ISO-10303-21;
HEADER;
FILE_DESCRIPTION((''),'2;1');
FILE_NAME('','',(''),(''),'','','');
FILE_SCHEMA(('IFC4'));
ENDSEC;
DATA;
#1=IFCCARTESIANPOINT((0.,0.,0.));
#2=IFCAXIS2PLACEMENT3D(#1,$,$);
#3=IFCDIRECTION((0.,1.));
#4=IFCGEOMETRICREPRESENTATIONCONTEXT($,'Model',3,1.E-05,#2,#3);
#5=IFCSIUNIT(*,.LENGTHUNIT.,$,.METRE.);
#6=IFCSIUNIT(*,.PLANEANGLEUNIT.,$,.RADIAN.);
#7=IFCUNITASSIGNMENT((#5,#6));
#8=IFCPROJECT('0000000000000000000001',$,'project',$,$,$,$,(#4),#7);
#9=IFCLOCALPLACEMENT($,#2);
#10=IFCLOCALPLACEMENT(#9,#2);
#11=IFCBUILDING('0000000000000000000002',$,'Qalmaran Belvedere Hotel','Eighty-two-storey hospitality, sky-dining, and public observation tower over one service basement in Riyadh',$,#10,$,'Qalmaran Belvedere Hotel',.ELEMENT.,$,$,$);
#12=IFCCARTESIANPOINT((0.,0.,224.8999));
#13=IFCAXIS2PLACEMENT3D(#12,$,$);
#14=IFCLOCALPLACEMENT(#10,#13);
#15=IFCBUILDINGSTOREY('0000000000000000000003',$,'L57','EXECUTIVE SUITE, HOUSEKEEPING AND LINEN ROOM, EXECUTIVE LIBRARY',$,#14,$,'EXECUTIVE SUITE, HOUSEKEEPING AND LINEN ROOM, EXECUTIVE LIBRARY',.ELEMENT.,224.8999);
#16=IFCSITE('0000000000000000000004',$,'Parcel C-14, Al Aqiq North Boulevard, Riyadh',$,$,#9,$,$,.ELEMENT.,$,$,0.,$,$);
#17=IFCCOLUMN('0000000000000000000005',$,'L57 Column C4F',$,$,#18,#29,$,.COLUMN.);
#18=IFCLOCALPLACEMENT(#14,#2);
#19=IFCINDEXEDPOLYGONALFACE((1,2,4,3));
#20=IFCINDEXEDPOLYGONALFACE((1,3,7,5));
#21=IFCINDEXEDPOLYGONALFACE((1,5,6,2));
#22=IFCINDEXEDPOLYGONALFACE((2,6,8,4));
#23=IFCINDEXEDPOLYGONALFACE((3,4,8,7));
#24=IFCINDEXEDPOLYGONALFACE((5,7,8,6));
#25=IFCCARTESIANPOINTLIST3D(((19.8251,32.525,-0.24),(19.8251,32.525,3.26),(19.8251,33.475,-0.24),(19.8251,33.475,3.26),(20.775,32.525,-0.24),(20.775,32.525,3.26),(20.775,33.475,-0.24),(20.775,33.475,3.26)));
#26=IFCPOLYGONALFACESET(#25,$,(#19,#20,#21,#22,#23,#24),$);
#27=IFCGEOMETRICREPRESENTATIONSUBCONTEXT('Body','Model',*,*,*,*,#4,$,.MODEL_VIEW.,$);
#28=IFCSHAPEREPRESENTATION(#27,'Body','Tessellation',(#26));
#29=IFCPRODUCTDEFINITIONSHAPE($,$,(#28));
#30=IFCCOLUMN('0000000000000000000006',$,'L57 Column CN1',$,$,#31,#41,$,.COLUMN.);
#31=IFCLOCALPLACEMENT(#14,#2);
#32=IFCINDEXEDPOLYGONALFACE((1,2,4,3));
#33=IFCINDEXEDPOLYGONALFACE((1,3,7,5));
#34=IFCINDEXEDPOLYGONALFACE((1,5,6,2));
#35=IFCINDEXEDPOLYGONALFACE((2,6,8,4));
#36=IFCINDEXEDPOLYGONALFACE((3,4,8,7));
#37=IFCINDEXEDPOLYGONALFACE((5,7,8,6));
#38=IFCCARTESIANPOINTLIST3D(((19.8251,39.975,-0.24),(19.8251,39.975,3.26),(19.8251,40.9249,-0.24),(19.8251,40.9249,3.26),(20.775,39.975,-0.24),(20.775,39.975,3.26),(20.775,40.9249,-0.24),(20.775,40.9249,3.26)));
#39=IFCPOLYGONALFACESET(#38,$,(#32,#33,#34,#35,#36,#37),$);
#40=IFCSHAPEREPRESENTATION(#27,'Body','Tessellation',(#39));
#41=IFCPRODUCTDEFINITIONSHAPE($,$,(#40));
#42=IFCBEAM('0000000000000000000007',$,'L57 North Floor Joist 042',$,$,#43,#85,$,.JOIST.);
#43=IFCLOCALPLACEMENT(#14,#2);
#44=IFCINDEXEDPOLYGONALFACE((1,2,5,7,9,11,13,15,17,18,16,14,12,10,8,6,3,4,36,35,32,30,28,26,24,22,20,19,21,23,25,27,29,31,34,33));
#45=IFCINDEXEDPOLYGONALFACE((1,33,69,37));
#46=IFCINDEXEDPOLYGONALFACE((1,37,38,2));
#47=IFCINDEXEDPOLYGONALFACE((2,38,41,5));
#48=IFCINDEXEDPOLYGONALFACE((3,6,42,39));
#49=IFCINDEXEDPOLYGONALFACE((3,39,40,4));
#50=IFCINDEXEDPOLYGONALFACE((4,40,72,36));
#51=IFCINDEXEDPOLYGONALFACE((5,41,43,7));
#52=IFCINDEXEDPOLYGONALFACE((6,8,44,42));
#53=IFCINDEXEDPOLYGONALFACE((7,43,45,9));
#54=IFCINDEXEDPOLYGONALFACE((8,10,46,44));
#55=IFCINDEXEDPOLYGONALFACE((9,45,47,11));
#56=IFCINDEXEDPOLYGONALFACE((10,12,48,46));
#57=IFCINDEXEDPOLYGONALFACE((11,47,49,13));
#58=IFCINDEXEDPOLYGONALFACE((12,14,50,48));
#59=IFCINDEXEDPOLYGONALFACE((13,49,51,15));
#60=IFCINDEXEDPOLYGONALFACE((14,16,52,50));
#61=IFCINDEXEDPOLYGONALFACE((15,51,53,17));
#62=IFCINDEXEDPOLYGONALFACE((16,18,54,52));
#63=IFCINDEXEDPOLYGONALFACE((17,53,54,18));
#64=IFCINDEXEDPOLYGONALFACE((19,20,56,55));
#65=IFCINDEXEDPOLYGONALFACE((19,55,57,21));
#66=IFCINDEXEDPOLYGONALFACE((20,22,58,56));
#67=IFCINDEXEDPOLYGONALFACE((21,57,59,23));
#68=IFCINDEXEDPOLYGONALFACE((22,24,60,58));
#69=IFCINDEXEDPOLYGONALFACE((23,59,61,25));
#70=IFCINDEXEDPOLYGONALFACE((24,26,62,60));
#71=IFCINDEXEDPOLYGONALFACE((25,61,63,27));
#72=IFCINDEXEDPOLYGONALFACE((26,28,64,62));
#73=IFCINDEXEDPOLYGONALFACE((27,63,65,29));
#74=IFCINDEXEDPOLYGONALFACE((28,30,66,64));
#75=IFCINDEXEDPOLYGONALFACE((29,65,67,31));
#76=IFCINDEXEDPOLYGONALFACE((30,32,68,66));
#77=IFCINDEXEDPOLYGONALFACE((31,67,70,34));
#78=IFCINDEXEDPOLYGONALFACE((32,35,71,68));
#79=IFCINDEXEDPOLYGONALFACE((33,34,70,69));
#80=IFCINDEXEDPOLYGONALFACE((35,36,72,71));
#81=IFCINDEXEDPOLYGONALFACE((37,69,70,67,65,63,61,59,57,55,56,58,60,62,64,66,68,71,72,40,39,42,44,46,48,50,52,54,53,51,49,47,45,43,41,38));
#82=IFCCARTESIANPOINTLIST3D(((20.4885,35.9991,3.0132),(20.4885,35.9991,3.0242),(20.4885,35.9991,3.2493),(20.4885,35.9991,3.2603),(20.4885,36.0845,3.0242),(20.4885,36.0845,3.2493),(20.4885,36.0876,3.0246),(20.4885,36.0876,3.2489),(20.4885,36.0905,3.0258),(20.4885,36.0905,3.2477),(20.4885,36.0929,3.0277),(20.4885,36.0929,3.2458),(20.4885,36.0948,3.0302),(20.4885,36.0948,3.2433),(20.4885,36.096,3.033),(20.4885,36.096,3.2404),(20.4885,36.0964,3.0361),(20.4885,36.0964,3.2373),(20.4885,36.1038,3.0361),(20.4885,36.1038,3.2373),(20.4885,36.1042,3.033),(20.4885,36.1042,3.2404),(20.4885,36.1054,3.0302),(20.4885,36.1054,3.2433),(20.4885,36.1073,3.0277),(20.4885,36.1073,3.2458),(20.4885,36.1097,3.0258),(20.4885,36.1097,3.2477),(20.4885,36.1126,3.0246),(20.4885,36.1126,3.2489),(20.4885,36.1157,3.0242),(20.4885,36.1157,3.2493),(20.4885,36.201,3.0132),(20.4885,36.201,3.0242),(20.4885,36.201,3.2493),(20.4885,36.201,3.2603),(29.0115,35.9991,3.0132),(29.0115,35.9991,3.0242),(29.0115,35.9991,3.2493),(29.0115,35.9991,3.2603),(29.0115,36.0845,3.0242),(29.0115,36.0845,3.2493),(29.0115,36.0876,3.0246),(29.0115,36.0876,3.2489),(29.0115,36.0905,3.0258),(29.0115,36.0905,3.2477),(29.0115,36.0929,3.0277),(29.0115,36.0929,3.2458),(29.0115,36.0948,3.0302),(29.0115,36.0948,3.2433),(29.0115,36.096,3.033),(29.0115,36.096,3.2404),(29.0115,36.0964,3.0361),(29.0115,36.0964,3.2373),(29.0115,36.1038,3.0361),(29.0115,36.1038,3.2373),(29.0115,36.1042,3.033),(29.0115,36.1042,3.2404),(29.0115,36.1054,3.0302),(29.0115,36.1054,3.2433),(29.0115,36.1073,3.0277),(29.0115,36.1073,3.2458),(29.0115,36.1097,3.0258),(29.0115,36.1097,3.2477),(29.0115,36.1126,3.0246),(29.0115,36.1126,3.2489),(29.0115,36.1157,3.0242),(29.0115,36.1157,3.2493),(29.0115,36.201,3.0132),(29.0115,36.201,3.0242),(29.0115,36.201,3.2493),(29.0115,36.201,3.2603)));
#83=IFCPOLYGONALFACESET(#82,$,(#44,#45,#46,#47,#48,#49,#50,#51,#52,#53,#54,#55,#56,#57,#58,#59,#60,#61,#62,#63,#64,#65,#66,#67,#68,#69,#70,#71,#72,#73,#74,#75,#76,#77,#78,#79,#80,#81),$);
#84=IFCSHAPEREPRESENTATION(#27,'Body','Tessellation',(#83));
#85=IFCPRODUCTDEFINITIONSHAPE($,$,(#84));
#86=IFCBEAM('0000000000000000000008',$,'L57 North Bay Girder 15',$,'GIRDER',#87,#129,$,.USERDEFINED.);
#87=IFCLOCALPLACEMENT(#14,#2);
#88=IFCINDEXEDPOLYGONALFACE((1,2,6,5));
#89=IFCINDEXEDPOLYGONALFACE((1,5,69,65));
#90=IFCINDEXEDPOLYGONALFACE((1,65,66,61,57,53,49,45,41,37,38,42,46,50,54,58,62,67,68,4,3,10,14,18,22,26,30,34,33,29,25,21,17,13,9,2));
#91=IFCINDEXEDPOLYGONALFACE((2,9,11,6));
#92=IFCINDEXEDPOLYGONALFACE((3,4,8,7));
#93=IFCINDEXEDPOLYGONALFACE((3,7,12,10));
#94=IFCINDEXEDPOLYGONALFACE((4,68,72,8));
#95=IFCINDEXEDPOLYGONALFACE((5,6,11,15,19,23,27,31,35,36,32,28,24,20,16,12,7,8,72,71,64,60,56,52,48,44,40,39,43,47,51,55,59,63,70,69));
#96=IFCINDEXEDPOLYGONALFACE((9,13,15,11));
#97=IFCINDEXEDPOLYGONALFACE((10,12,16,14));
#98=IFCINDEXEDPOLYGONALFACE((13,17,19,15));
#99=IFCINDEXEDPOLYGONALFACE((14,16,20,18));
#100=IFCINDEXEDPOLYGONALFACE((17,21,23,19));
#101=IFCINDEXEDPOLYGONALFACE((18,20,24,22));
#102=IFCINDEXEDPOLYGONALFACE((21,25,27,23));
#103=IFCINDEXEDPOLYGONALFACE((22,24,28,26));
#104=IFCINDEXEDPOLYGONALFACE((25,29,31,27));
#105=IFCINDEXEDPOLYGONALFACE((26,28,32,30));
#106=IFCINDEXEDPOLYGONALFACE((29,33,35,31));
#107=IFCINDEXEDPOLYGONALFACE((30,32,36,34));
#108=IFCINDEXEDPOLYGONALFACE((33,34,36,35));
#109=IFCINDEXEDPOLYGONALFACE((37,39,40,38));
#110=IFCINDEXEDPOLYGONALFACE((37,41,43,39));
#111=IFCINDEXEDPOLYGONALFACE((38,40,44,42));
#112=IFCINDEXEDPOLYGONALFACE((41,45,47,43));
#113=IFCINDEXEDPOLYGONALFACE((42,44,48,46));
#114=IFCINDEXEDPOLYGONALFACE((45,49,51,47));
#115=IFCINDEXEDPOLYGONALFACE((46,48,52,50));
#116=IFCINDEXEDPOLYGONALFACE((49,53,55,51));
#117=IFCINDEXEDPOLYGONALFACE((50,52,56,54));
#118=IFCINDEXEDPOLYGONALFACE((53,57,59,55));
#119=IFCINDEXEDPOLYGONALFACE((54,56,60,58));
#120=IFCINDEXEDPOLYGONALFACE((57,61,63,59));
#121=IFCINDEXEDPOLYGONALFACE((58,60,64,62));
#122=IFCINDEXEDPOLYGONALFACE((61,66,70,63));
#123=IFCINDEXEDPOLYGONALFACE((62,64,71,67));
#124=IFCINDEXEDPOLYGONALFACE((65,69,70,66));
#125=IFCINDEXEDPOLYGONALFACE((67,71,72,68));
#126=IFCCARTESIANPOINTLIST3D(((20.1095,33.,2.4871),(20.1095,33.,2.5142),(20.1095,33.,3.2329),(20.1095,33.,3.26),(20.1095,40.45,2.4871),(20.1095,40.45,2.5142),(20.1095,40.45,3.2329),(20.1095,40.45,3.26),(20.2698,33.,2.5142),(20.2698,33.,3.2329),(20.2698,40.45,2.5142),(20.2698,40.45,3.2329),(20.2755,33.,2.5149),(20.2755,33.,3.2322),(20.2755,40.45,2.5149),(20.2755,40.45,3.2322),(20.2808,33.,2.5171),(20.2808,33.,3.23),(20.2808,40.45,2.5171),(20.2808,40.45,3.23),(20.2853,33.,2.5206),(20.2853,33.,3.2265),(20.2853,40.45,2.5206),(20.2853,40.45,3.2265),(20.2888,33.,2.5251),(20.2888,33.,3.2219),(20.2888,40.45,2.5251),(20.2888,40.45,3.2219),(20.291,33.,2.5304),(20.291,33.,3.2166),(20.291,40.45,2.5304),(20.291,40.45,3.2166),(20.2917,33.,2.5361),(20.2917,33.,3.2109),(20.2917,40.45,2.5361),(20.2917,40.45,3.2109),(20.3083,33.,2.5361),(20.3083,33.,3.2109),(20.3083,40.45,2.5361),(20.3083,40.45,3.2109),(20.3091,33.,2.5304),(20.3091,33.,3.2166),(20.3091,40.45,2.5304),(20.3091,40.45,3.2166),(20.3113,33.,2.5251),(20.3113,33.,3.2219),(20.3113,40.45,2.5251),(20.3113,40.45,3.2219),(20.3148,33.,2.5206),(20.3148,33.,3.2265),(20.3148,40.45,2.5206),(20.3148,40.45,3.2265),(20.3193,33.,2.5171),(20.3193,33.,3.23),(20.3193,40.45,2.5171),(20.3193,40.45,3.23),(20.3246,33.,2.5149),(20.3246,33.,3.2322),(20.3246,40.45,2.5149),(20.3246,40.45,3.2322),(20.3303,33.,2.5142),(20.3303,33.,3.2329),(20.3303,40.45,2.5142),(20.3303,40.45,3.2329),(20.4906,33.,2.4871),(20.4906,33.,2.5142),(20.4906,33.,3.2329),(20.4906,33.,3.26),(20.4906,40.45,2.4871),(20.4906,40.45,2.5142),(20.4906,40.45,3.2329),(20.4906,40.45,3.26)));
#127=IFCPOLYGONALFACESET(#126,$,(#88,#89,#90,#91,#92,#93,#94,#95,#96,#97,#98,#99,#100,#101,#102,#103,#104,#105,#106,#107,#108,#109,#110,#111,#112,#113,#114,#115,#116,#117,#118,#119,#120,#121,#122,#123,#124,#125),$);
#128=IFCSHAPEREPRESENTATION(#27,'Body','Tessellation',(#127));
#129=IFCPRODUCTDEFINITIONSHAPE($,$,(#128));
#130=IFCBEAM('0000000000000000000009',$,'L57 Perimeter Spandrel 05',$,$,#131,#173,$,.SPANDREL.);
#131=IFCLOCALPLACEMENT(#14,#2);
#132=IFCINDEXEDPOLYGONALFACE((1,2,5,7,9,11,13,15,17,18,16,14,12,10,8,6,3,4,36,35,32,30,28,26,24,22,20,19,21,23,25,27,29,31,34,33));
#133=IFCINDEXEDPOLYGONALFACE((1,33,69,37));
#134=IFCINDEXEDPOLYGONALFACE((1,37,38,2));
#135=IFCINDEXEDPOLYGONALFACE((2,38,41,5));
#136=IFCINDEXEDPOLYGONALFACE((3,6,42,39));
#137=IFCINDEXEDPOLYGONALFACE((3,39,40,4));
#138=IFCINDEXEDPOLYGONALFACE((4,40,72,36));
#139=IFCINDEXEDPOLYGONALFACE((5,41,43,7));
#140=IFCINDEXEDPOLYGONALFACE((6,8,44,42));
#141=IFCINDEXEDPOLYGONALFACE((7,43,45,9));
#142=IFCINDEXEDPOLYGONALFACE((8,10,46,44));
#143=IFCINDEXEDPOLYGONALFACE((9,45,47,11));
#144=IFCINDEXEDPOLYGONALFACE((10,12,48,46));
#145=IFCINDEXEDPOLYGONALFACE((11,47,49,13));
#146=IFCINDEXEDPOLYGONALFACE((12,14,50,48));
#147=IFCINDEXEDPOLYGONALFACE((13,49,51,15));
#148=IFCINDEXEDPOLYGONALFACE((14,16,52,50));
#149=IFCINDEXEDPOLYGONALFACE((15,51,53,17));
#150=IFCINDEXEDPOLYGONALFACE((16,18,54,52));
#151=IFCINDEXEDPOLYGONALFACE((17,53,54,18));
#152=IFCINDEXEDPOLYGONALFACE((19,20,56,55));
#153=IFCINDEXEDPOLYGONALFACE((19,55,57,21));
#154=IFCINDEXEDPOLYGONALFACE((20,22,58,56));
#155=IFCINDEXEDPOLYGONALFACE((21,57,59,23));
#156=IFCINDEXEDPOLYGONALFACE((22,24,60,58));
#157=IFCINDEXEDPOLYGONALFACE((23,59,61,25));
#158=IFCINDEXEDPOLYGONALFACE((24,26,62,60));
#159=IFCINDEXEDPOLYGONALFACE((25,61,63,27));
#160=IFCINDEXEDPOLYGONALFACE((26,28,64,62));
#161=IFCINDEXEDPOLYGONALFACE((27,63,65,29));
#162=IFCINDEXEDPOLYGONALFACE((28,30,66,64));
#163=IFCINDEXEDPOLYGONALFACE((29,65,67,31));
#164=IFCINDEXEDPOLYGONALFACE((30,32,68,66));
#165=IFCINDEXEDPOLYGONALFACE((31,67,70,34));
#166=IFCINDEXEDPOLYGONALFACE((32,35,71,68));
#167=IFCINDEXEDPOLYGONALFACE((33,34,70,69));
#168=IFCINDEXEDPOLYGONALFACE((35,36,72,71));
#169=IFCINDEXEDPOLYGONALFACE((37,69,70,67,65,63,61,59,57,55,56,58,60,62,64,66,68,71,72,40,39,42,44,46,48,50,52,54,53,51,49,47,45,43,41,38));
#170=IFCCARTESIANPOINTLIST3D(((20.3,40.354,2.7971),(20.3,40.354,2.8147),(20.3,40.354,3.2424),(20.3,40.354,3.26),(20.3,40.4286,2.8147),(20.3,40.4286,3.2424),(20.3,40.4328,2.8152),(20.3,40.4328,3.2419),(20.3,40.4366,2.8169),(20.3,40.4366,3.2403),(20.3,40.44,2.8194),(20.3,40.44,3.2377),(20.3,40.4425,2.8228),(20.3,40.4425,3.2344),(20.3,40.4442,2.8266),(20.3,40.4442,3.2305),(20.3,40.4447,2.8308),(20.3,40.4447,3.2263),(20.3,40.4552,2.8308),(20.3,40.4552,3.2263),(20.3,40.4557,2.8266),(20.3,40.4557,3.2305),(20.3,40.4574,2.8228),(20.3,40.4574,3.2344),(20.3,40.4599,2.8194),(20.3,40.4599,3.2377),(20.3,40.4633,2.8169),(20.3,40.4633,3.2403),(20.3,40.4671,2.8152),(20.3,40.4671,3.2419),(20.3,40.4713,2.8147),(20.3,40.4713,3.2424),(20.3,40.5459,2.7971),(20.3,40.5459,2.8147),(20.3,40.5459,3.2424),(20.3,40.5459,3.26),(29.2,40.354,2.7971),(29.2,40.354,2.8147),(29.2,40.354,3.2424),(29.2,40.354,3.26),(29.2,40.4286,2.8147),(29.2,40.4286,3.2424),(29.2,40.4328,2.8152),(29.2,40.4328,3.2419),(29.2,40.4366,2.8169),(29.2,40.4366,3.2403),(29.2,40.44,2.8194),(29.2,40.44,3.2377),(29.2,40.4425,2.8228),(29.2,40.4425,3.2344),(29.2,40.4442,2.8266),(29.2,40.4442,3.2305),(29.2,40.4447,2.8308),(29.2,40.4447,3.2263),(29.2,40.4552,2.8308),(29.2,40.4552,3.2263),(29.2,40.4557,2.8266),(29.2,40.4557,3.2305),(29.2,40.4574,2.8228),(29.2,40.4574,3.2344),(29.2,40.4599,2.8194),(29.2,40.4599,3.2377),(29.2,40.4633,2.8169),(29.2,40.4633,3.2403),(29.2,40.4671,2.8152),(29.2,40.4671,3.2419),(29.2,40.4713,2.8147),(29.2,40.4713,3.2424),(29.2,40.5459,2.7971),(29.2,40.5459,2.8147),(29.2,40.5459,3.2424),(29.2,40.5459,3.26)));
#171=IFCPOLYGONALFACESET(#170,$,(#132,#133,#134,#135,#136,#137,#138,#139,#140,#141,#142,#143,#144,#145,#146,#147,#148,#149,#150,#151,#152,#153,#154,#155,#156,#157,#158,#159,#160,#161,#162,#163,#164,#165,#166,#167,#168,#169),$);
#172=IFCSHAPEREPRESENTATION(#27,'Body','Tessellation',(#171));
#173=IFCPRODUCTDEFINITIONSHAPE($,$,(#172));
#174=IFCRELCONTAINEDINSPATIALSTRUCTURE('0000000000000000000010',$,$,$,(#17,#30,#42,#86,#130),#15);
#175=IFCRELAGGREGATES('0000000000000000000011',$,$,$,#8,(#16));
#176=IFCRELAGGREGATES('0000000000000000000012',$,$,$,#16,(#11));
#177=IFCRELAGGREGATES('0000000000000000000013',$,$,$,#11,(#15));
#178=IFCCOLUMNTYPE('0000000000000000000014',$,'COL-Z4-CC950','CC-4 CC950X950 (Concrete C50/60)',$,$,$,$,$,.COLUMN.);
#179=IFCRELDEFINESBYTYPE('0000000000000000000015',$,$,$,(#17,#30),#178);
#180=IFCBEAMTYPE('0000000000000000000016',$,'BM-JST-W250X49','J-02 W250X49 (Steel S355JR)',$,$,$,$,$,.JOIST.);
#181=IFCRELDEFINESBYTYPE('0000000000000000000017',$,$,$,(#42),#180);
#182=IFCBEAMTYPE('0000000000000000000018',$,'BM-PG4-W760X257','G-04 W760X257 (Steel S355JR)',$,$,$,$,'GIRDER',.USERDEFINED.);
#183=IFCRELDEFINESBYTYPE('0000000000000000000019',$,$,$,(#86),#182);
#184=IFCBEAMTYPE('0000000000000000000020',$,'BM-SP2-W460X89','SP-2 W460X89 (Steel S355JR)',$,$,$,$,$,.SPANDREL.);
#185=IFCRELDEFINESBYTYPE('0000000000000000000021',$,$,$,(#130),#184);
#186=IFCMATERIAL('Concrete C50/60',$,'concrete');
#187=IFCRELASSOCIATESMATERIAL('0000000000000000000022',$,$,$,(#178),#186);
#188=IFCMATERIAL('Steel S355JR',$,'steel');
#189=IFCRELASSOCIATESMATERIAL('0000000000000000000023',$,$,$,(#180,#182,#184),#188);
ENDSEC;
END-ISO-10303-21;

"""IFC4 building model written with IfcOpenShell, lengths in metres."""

from ifc_helpers import new_model, si_unit, direction, frame, origin, origin_2d, place, context, subcontext, project, spatial, rectangle, i_section, extrude, material, material_profile, profile_set, type_object, element, save


model = new_model("IFC4")

# Units and contexts
model_context = context("Model", 3, precision=1e-05, world=origin(), true_north=direction((0.0, 1.0)))
body_context = subcontext(model_context, "Body", "Model", "MODEL_VIEW")
ifc_project = project(units=[si_unit("LENGTHUNIT", "METRE"), si_unit("PLANEANGLEUNIT", "RADIAN")], contexts=[model_context])

# Site, building, storey
site_placement = place(None, origin())
site = spatial("IfcSite", under=ifc_project, at=site_placement, Name="Parcel C-14, Al Aqiq North Boulevard, Riyadh", CompositionType="ELEMENT", RefElevation=0.0)
building_placement = place(site_placement, origin())
building = spatial("IfcBuilding", under=site, at=building_placement, Name="Qalmaran Belvedere Hotel", Description="Eighty-two-storey hospitality, sky-dining, and public observation tower over one service basement in Riyadh", LongName="Qalmaran Belvedere Hotel", CompositionType="ELEMENT")
storey_placement = place(building_placement, frame((0.0, 0.0, 224.8999)))
storey = spatial("IfcBuildingStorey", under=building, at=storey_placement, Name="L57", Description="EXECUTIVE SUITE, HOUSEKEEPING AND LINEN ROOM, EXECUTIVE LIBRARY", LongName="EXECUTIVE SUITE, HOUSEKEEPING AND LINEN ROOM, EXECUTIVE LIBRARY", CompositionType="ELEMENT", Elevation=224.8999)

# Columns
ifc_material_1 = material(Name="Concrete C50/60", Category="concrete")
ifc_material_profile_1 = material_profile(ifc_material_1, rectangle(XDim=0.95, YDim=0.95, at=origin_2d()), Name="CC950X950")
ifc_profile_set_1 = profile_set([ifc_material_profile_1], Name="Concrete C50/60")
column_type = type_object("IfcColumnType", Name="COL-Z4-CC950", Description="CC-4 CC950X950 (Concrete C50/60)", PredefinedType="COLUMN", material=ifc_profile_set_1)
for number, where, z_axis, x_axis, name in (
    (1, (20.3, 33.0, -0.24), (0.0, 0.0, 1.0), (1.0, 0.0, 0.0), "L57 Column C4F"),
    (2, (20.3, 40.45, -0.24), (0.0, 0.0, 1.0), (1.0, 0.0, 0.0), "L57 Column CN1"),
):
    element("IfcColumn", number, at=place(storey_placement, frame(where, z_axis=z_axis, x_axis=x_axis)), inside=storey, type_object=column_type, Name=name, PredefinedType="COLUMN", context=body_context, shape_type="SweptSolid", body=[
        extrude(rectangle(XDim=0.95, YDim=0.95, at=origin_2d()), origin(), (0.0, 0.0, 1.0), 3.5),
    ])

# Beams
ifc_material_2 = material(Name="Steel S355JR", Category="steel")
ifc_material_profile_2 = material_profile(ifc_material_2, i_section(OverallWidth=0.2019, OverallDepth=0.2471, WebThickness=0.0073, FlangeThickness=0.011, FilletRadius=0.012, at=origin_2d()), Name="W250X49")
ifc_profile_set_2 = profile_set([ifc_material_profile_2], Name="Steel S355JR")
beam_type_1 = type_object("IfcBeamType", Name="BM-JST-W250X49", Description="J-02 W250X49 (Steel S355JR)", PredefinedType="JOIST", material=ifc_profile_set_2)
beam_1_placement = place(storey_placement, frame((20.4885, 36.1001, 3.1367), z_axis=(1.0, 0.0, 0.0), x_axis=(0.0, 1.0, 0.0)))
element("IfcBeam", 3, at=beam_1_placement, inside=storey, type_object=beam_type_1, Name="L57 North Floor Joist 042", PredefinedType="JOIST", context=body_context, shape_type="SweptSolid", body=[
    extrude(i_section(OverallWidth=0.2019, OverallDepth=0.2471, WebThickness=0.0073, FlangeThickness=0.011, FilletRadius=0.012, at=origin_2d()), origin(), (0.0, 0.0, 1.0), 8.5229),
])
ifc_material_profile_3 = material_profile(ifc_material_2, i_section(OverallWidth=0.3811, OverallDepth=0.7729, WebThickness=0.0166, FlangeThickness=0.0271, FilletRadius=0.022, at=origin_2d()), Name="W760X257")
ifc_profile_set_3 = profile_set([ifc_material_profile_3], Name="Steel S355JR")
beam_type_2 = type_object("IfcBeamType", Name="BM-PG4-W760X257", Description="G-04 W760X257 (Steel S355JR)", ElementType="GIRDER", PredefinedType="USERDEFINED", material=ifc_profile_set_3)
beam_2_placement = place(storey_placement, frame((20.3, 33.0, 2.8735), z_axis=(0.0, 1.0, 0.0), x_axis=(-1.0, 0.0, 0.0)))
element("IfcBeam", 4, at=beam_2_placement, inside=storey, type_object=beam_type_2, Name="L57 North Bay Girder 15", ObjectType="GIRDER", PredefinedType="USERDEFINED", context=body_context, shape_type="SweptSolid", body=[
    extrude(i_section(OverallWidth=0.3811, OverallDepth=0.7729, WebThickness=0.0166, FlangeThickness=0.0271, FilletRadius=0.022, at=origin_2d()), origin(), (0.0, 0.0, 1.0), 7.45),
])
ifc_material_profile_4 = material_profile(ifc_material_2, i_section(OverallWidth=0.1919, OverallDepth=0.4629, WebThickness=0.0105, FlangeThickness=0.0176, FilletRadius=0.0161, at=origin_2d()), Name="W460X89")
ifc_profile_set_4 = profile_set([ifc_material_profile_4], Name="Steel S355JR")
beam_type_3 = type_object("IfcBeamType", Name="BM-SP2-W460X89", Description="SP-2 W460X89 (Steel S355JR)", PredefinedType="SPANDREL", material=ifc_profile_set_4)
beam_3_placement = place(storey_placement, frame((20.3, 40.45, 3.0286), z_axis=(1.0, 0.0, 0.0), x_axis=(0.0, 1.0, 0.0)))
element("IfcBeam", 5, at=beam_3_placement, inside=storey, type_object=beam_type_3, Name="L57 Perimeter Spandrel 05", PredefinedType="SPANDREL", context=body_context, shape_type="SweptSolid", body=[
    extrude(i_section(OverallWidth=0.1919, OverallDepth=0.4629, WebThickness=0.0105, FlangeThickness=0.0176, FilletRadius=0.0161, at=origin_2d()), origin(), (0.0, 0.0, 1.0), 8.8999),
])

save(model, "model.ifc")
